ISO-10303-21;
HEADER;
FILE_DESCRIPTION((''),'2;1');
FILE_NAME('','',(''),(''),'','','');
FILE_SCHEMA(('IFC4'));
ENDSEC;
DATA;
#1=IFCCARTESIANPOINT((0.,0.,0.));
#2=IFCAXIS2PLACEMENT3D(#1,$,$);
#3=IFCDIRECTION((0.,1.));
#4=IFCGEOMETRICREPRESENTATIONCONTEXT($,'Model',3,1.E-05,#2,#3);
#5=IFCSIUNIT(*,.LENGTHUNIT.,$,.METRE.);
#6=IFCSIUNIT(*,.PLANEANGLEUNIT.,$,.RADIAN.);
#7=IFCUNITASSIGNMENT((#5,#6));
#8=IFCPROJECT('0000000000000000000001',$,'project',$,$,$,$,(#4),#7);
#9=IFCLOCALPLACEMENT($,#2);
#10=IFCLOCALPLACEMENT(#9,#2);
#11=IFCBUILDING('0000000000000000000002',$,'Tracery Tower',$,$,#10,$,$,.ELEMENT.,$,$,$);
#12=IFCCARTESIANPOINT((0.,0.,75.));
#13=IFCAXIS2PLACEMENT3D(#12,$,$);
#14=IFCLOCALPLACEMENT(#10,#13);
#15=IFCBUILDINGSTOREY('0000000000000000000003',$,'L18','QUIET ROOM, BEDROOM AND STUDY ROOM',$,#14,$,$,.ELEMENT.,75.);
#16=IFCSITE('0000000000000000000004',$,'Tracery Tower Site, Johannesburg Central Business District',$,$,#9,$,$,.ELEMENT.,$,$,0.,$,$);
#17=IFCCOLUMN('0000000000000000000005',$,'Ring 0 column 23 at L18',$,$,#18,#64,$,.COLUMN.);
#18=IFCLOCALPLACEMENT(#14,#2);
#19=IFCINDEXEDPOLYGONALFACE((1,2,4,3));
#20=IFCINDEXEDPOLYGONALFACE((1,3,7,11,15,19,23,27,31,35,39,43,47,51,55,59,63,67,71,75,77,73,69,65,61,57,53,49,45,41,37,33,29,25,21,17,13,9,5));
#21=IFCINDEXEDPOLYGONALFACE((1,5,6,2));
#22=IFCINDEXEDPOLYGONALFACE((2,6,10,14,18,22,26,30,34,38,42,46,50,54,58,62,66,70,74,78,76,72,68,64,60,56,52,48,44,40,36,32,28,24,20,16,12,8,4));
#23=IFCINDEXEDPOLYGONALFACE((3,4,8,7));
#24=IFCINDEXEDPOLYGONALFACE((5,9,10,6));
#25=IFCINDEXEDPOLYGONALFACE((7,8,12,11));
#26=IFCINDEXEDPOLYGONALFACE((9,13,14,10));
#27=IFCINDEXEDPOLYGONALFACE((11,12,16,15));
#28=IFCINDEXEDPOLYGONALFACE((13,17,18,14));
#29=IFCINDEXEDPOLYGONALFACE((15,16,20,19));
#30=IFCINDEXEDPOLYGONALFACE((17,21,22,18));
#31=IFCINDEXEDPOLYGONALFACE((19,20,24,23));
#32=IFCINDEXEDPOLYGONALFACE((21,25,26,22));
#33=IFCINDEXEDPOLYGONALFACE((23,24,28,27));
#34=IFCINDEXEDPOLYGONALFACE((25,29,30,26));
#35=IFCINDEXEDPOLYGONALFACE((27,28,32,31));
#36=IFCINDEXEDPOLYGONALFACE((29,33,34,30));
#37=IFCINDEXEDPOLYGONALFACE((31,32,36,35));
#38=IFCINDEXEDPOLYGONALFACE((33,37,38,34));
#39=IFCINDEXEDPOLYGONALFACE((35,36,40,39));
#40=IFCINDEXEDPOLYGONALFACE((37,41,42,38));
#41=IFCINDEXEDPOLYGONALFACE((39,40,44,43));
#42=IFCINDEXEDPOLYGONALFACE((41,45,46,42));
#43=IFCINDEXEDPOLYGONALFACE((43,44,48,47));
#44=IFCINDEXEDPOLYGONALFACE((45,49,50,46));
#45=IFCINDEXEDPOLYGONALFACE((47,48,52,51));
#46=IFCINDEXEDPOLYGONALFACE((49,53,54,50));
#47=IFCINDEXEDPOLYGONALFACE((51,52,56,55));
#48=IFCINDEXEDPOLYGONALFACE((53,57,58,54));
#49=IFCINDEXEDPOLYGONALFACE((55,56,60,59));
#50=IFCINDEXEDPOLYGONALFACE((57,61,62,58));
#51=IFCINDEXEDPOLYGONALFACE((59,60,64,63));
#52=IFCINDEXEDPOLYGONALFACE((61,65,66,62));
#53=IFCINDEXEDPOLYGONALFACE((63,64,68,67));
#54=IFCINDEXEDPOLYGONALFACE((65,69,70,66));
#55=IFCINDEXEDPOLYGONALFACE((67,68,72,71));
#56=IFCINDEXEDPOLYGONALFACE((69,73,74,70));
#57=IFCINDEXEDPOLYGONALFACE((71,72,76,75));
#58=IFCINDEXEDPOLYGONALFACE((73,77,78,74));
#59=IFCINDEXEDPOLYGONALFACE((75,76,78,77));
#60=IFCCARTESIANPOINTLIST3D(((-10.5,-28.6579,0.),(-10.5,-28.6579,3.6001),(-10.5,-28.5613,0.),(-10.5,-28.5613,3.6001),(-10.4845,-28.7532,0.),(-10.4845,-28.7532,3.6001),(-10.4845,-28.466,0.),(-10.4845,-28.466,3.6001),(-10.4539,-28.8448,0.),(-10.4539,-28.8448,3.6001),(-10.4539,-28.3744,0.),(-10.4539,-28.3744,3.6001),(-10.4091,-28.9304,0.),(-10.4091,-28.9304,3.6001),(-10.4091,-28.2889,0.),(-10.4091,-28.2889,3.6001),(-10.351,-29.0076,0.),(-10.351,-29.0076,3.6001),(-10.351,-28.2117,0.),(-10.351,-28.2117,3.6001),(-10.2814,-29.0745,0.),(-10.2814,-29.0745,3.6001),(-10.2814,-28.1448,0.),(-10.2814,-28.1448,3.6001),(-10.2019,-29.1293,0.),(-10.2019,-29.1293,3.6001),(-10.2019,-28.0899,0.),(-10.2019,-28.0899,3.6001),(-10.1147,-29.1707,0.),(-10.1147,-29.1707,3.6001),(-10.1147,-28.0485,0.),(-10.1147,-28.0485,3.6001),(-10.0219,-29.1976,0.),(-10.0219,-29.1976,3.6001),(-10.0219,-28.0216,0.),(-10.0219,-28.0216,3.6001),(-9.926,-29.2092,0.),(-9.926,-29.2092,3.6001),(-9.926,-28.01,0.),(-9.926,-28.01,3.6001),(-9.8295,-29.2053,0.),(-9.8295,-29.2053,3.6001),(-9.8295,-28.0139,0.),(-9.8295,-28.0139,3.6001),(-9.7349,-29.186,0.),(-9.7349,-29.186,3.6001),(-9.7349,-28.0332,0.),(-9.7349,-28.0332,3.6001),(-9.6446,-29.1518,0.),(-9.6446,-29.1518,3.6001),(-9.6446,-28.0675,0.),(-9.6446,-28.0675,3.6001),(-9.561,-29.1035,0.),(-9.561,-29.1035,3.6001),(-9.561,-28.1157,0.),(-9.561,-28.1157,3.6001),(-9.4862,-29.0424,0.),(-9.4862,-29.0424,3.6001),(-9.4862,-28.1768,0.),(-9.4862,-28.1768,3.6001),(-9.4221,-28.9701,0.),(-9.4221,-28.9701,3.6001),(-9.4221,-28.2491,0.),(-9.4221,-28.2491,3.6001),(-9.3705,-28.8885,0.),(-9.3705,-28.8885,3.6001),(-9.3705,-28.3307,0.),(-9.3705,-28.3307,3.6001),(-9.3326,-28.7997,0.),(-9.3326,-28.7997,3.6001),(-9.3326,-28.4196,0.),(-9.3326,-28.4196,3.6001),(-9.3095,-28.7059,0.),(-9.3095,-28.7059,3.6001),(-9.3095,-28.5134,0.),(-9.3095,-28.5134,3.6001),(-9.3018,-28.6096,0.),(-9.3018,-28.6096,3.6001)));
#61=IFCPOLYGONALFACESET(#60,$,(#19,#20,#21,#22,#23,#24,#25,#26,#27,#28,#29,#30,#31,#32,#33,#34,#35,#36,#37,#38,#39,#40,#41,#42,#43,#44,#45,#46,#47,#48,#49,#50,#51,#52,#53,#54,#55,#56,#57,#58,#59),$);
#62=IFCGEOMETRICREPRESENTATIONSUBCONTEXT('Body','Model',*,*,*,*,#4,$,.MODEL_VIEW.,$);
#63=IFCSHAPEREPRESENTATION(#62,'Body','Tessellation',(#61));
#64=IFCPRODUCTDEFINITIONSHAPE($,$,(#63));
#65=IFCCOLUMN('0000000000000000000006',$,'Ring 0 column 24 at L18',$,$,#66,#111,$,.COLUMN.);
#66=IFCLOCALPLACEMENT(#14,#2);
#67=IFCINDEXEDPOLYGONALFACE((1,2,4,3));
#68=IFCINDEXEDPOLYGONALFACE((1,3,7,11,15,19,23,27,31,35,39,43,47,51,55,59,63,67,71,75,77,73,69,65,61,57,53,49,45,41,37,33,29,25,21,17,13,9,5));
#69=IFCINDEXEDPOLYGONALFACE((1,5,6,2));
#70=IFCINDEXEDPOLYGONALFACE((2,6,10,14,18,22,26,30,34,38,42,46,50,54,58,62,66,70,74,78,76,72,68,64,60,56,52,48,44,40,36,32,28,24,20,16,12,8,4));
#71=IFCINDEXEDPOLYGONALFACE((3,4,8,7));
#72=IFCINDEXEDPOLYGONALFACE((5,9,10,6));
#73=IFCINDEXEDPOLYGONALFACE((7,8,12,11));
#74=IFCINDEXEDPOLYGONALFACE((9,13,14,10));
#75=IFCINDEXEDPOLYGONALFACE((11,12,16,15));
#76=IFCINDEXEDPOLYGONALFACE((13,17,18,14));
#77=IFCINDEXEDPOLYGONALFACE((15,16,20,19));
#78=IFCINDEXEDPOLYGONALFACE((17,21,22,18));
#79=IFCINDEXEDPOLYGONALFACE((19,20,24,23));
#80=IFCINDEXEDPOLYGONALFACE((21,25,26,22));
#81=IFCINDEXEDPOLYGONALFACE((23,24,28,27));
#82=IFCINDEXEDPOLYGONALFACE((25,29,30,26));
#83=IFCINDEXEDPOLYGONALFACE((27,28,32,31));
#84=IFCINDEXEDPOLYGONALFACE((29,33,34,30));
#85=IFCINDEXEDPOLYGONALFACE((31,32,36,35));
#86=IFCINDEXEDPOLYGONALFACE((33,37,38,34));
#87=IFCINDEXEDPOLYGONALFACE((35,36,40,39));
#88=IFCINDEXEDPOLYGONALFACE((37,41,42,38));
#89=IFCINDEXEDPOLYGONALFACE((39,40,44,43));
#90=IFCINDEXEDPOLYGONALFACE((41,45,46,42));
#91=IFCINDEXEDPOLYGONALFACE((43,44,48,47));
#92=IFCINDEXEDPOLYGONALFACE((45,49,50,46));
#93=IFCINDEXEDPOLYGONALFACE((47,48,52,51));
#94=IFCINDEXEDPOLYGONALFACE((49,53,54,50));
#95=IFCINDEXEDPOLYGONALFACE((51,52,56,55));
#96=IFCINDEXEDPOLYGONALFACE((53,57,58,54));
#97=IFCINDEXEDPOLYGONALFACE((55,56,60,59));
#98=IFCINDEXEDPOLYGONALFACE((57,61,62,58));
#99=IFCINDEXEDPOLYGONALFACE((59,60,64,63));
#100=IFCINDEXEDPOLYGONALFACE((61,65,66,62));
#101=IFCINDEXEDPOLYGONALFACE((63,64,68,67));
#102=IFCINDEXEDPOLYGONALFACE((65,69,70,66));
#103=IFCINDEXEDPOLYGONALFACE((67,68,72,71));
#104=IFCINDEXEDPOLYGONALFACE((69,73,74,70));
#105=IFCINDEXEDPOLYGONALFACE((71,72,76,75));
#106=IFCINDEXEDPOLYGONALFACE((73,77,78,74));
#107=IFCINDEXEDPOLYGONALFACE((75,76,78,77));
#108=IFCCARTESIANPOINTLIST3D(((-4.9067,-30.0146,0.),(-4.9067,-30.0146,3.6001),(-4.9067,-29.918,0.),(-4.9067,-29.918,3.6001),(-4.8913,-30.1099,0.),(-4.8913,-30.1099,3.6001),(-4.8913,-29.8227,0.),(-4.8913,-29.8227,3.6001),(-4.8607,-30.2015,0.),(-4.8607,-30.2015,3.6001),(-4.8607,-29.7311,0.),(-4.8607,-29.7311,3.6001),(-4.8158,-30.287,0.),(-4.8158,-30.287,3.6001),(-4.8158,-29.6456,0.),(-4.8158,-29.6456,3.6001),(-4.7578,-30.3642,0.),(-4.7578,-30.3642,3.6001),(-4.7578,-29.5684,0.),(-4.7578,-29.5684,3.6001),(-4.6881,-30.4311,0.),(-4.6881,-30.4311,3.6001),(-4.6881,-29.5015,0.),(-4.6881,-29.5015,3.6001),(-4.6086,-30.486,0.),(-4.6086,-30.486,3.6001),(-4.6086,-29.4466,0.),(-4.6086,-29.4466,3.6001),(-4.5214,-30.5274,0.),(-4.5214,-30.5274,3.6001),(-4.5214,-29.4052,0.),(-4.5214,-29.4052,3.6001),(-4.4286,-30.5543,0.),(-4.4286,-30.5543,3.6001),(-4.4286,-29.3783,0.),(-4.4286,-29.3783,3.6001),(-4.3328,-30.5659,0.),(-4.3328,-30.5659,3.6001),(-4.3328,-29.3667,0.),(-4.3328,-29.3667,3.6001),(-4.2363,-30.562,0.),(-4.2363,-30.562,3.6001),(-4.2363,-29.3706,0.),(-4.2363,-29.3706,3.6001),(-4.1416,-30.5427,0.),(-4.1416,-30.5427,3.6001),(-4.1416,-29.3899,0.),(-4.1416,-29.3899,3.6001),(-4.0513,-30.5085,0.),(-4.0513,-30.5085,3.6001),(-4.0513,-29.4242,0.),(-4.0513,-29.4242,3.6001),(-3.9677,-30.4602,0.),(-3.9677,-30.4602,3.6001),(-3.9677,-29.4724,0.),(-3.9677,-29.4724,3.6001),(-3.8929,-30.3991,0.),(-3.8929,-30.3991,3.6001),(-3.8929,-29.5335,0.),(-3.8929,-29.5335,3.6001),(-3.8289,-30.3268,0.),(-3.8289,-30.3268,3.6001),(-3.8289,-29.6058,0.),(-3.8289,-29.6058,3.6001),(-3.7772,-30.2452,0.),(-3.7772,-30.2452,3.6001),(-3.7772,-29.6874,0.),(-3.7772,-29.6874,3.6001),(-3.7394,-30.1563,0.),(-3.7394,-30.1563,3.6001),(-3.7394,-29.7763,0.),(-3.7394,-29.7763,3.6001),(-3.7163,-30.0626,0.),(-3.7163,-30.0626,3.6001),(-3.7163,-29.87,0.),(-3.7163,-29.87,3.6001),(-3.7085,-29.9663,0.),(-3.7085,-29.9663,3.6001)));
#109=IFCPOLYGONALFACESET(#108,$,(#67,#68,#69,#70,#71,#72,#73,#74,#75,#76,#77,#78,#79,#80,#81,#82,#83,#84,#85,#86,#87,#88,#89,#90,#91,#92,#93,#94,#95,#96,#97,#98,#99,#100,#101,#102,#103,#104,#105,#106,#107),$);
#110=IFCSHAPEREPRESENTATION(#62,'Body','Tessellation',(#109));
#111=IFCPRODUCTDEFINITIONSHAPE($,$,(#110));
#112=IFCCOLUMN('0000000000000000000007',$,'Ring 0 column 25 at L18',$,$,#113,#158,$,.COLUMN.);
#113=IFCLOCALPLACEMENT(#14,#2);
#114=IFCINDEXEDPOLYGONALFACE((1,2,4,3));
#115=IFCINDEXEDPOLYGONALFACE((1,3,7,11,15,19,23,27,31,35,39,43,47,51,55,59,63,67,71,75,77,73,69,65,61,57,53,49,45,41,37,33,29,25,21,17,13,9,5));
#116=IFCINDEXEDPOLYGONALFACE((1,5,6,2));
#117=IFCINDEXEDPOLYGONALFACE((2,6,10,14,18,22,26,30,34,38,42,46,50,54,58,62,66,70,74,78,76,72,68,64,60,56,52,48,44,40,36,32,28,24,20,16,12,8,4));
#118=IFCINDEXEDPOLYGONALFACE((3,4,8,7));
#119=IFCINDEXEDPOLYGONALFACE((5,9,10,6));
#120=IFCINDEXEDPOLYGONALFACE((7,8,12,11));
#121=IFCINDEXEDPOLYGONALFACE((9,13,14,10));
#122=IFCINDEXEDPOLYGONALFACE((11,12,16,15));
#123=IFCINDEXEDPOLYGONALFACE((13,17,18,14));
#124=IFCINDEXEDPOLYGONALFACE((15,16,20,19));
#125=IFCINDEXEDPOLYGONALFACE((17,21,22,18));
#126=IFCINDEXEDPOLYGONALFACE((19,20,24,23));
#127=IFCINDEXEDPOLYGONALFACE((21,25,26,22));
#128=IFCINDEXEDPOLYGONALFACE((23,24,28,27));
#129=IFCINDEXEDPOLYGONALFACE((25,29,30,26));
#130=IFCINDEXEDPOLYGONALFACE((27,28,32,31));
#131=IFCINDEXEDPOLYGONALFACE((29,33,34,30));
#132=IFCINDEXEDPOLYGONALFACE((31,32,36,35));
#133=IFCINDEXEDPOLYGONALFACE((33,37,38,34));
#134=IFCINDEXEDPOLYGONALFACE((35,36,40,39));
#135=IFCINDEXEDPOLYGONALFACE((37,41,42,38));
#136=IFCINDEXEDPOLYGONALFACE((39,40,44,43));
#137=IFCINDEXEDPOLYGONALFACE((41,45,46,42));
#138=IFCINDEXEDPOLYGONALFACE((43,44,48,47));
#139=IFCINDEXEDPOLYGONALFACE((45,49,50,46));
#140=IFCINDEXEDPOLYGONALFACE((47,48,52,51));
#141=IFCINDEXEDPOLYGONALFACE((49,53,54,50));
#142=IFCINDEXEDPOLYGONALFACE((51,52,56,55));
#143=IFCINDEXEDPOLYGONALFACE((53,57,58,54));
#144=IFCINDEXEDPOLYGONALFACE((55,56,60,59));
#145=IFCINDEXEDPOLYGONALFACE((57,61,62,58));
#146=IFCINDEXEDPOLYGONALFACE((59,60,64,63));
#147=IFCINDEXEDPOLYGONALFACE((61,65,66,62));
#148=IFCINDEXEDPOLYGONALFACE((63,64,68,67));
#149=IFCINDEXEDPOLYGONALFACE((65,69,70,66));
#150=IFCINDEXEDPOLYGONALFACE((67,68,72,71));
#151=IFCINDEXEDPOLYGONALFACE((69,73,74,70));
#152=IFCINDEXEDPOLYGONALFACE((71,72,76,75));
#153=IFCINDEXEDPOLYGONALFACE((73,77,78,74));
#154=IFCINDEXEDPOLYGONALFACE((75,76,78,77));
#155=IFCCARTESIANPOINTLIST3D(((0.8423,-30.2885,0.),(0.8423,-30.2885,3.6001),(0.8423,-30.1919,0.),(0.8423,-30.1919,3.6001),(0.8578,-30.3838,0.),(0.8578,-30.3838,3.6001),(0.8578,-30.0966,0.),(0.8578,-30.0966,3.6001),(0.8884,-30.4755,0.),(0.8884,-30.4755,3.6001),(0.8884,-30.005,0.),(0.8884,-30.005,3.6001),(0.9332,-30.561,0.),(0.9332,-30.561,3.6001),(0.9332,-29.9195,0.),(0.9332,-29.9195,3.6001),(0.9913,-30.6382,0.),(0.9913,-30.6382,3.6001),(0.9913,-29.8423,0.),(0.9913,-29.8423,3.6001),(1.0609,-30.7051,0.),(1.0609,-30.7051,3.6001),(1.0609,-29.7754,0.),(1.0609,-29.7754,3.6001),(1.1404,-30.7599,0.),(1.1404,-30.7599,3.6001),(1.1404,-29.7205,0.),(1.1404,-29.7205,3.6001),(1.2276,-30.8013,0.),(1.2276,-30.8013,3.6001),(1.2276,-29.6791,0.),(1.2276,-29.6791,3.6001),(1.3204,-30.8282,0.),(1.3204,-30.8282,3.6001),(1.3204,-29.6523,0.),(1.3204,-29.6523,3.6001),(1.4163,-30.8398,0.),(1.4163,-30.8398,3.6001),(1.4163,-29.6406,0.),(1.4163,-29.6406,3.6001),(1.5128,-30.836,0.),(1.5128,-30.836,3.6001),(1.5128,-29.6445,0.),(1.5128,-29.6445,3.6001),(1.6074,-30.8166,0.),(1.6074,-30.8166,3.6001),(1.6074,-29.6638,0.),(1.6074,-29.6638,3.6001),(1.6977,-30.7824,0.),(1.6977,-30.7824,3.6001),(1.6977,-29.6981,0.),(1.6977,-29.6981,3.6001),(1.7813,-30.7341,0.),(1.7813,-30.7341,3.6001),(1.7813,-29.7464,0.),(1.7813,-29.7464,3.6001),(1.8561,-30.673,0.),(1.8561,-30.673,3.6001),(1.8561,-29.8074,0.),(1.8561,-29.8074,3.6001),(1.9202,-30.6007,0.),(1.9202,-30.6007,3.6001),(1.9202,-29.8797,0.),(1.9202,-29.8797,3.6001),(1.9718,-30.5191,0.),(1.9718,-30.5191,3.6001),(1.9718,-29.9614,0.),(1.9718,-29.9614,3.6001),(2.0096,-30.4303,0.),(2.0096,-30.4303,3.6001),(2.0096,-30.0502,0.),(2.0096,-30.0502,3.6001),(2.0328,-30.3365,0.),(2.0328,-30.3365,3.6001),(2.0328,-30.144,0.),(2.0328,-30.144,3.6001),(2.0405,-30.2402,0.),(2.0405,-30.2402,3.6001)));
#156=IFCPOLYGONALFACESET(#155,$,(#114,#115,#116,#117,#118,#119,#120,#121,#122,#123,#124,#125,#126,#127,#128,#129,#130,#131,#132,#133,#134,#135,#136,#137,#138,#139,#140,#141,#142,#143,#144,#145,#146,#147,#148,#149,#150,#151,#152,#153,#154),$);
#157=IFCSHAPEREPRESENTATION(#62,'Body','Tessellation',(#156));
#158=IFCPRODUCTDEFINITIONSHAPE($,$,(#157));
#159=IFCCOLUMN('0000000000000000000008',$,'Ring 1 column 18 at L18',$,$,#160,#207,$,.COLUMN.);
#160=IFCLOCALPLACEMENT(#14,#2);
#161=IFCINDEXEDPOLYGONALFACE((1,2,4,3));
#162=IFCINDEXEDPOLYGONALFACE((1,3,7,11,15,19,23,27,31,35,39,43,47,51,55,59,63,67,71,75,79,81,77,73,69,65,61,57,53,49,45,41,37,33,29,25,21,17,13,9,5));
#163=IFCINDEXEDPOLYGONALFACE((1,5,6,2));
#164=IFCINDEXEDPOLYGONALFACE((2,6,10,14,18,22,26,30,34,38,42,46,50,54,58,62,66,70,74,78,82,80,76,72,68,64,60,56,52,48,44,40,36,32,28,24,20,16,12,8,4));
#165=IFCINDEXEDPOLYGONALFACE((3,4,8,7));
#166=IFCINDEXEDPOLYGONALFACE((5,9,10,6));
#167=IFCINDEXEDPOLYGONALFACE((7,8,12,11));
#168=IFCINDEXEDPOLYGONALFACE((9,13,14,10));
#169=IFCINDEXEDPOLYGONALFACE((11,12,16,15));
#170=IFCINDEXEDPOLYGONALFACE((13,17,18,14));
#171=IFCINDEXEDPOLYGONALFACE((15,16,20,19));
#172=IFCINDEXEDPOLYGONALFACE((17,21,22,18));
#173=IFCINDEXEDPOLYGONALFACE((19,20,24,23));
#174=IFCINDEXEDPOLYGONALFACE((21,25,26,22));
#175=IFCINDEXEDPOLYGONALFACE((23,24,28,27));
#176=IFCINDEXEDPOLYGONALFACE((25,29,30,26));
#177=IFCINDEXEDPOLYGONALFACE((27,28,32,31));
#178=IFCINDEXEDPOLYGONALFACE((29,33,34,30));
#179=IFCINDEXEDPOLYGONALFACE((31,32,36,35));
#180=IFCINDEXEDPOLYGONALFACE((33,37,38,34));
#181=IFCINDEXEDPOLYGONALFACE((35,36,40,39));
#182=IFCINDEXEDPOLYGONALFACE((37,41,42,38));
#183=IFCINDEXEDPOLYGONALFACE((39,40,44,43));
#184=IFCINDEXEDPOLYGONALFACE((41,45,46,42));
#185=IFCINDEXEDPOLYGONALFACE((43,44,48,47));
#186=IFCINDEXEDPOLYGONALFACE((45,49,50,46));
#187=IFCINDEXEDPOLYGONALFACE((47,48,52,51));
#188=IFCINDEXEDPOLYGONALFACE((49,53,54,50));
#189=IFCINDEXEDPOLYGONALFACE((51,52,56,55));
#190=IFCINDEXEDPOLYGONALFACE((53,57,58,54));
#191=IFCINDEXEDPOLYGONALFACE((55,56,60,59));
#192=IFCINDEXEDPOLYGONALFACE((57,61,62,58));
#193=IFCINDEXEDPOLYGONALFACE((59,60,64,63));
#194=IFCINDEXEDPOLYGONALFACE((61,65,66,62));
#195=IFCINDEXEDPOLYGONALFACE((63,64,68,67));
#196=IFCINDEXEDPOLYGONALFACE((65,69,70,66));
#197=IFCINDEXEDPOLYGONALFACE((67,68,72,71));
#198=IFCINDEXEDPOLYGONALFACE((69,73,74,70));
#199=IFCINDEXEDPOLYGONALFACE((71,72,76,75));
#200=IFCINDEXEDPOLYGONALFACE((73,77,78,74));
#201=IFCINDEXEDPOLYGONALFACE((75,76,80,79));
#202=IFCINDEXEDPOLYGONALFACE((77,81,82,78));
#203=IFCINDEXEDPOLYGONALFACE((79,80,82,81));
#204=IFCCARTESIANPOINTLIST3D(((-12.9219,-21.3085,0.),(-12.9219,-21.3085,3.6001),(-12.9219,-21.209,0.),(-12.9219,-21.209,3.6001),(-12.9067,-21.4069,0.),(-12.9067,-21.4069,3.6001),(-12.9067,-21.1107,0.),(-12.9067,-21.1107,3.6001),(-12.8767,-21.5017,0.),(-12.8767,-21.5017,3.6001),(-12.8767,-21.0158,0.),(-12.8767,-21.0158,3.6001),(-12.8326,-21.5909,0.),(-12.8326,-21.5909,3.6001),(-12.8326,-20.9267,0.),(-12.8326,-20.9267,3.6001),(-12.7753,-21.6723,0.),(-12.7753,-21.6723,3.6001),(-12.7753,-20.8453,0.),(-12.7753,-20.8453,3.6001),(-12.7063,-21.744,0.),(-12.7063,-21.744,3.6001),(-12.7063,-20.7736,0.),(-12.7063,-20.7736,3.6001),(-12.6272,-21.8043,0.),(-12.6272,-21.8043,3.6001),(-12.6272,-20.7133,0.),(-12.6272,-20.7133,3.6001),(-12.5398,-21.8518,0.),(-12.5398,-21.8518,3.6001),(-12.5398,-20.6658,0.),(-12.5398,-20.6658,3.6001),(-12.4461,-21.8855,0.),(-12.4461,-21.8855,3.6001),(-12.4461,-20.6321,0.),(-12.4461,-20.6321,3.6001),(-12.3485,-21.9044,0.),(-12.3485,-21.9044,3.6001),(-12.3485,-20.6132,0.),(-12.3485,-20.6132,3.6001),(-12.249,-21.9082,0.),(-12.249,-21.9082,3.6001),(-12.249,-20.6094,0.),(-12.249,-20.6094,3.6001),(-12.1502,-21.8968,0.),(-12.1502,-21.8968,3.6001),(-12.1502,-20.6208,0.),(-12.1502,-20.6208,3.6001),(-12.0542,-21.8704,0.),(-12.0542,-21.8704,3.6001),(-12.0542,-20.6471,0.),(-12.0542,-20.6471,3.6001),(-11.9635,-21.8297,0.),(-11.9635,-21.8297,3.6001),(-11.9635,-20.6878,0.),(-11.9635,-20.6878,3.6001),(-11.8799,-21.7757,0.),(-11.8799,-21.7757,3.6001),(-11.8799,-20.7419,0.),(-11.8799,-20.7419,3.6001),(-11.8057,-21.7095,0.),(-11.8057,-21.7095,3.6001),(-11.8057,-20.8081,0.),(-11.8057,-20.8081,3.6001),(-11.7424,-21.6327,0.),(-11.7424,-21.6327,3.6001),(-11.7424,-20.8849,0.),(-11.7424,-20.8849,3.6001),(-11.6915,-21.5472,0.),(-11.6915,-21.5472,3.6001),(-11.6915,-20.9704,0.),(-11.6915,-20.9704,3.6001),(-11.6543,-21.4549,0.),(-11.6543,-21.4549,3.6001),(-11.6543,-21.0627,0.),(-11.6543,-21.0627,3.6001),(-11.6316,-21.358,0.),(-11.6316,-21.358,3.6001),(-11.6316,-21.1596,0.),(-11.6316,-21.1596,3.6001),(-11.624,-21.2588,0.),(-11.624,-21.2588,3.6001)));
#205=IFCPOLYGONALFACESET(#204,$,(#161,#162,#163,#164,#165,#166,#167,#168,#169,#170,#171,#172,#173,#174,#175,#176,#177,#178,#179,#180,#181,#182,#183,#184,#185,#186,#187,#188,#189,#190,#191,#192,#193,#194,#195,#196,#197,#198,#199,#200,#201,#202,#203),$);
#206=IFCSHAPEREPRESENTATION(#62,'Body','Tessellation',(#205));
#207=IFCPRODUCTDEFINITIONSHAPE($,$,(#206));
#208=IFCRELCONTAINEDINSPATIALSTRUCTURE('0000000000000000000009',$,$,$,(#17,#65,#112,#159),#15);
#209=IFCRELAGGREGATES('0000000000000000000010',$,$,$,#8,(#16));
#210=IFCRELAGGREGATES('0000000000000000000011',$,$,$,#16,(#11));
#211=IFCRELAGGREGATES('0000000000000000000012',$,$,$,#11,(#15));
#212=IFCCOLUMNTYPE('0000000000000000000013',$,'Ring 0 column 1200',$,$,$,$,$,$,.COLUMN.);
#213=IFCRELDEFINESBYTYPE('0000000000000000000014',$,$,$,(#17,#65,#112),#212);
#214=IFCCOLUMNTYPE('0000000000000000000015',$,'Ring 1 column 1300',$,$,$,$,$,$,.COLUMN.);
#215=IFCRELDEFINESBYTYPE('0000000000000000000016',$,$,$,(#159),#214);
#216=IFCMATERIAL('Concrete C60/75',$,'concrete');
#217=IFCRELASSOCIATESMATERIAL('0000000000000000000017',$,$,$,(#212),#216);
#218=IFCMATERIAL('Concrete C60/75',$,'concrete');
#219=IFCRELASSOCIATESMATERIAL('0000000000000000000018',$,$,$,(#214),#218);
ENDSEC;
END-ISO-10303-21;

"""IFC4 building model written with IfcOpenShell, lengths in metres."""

from ifc_helpers import new_model, si_unit, direction, frame, origin, origin_2d, place, context, subcontext, project, spatial, circle, extrude, material, material_profile, profile_set, type_object, element, save


model = new_model("IFC4")

# Units and contexts
model_context = context("Model", 3, precision=1e-05, world=origin(), true_north=direction((0.0, 1.0)))
body_context = subcontext(model_context, "Body", "Model", "MODEL_VIEW")
ifc_project = project(units=[si_unit("LENGTHUNIT", "METRE"), si_unit("PLANEANGLEUNIT", "RADIAN")], contexts=[model_context])

# Site, building, storey
site_placement = place(None, origin())
site = spatial("IfcSite", under=ifc_project, at=site_placement, Name="Tracery Tower Site, Johannesburg Central Business District", CompositionType="ELEMENT", RefElevation=0.0)
building_placement = place(site_placement, origin())
building = spatial("IfcBuilding", under=site, at=building_placement, Name="Tracery Tower", CompositionType="ELEMENT")
storey_placement = place(building_placement, frame((0.0, 0.0, 75.0)))
storey = spatial("IfcBuildingStorey", under=building, at=storey_placement, Name="L18", Description="QUIET ROOM, BEDROOM AND STUDY ROOM", CompositionType="ELEMENT", Elevation=75.0)

# Columns
ifc_material_1 = material(Name="Concrete C60/75", Category="concrete")
ifc_material_profile_1 = material_profile(ifc_material_1, circle(Radius=0.6001, at=origin_2d()), Name="RC D1200")
ifc_profile_set_1 = profile_set([ifc_material_profile_1], Name="Concrete C60/75")
column_type_1 = type_object("IfcColumnType", Name="Ring 0 column 1200", PredefinedType="COLUMN", material=ifc_profile_set_1)
for number, where, z_axis, x_axis, name in (
    (1, (-9.9019, -28.6096, 0.0), (0.0, 0.0, 1.0), (1.0, 0.0, 0.0), "Ring 0 column 23 at L18"),
    (2, (-4.3086, -29.9663, 0.0), (0.0, 0.0, 1.0), (1.0, 0.0, 0.0), "Ring 0 column 24 at L18"),
    (3, (1.4404, -30.2402, 0.0), (0.0, 0.0, 1.0), (1.0, 0.0, 0.0), "Ring 0 column 25 at L18"),
):
    element("IfcColumn", number, at=place(storey_placement, frame(where, z_axis=z_axis, x_axis=x_axis)), inside=storey, type_object=column_type_1, Name=name, PredefinedType="COLUMN", context=body_context, shape_type="SweptSolid", body=[
        extrude(circle(Radius=0.6001, at=origin_2d()), origin(), (0.0, 0.0, 1.0), 3.6001),
    ])
ifc_material_2 = material(Name="Concrete C60/75", Category="concrete")
ifc_material_profile_2 = material_profile(ifc_material_2, circle(Radius=0.6499, at=origin_2d()), Name="RC D1300")
ifc_profile_set_2 = profile_set([ifc_material_profile_2], Name="Concrete C60/75")
column_type_2 = type_object("IfcColumnType", Name="Ring 1 column 1300", PredefinedType="COLUMN", material=ifc_profile_set_2)
for number, where, z_axis, x_axis, name in (
    (4, (-12.2739, -21.2588, 0.0), (0.0, 0.0, 1.0), (1.0, 0.0, 0.0), "Ring 1 column 18 at L18"),
):
    element("IfcColumn", number, at=place(storey_placement, frame(where, z_axis=z_axis, x_axis=x_axis)), inside=storey, type_object=column_type_2, Name=name, PredefinedType="COLUMN", context=body_context, shape_type="SweptSolid", body=[
        extrude(circle(Radius=0.6499, at=origin_2d()), origin(), (0.0, 0.0, 1.0), 3.6001),
    ])

save(model, "model.ifc")
